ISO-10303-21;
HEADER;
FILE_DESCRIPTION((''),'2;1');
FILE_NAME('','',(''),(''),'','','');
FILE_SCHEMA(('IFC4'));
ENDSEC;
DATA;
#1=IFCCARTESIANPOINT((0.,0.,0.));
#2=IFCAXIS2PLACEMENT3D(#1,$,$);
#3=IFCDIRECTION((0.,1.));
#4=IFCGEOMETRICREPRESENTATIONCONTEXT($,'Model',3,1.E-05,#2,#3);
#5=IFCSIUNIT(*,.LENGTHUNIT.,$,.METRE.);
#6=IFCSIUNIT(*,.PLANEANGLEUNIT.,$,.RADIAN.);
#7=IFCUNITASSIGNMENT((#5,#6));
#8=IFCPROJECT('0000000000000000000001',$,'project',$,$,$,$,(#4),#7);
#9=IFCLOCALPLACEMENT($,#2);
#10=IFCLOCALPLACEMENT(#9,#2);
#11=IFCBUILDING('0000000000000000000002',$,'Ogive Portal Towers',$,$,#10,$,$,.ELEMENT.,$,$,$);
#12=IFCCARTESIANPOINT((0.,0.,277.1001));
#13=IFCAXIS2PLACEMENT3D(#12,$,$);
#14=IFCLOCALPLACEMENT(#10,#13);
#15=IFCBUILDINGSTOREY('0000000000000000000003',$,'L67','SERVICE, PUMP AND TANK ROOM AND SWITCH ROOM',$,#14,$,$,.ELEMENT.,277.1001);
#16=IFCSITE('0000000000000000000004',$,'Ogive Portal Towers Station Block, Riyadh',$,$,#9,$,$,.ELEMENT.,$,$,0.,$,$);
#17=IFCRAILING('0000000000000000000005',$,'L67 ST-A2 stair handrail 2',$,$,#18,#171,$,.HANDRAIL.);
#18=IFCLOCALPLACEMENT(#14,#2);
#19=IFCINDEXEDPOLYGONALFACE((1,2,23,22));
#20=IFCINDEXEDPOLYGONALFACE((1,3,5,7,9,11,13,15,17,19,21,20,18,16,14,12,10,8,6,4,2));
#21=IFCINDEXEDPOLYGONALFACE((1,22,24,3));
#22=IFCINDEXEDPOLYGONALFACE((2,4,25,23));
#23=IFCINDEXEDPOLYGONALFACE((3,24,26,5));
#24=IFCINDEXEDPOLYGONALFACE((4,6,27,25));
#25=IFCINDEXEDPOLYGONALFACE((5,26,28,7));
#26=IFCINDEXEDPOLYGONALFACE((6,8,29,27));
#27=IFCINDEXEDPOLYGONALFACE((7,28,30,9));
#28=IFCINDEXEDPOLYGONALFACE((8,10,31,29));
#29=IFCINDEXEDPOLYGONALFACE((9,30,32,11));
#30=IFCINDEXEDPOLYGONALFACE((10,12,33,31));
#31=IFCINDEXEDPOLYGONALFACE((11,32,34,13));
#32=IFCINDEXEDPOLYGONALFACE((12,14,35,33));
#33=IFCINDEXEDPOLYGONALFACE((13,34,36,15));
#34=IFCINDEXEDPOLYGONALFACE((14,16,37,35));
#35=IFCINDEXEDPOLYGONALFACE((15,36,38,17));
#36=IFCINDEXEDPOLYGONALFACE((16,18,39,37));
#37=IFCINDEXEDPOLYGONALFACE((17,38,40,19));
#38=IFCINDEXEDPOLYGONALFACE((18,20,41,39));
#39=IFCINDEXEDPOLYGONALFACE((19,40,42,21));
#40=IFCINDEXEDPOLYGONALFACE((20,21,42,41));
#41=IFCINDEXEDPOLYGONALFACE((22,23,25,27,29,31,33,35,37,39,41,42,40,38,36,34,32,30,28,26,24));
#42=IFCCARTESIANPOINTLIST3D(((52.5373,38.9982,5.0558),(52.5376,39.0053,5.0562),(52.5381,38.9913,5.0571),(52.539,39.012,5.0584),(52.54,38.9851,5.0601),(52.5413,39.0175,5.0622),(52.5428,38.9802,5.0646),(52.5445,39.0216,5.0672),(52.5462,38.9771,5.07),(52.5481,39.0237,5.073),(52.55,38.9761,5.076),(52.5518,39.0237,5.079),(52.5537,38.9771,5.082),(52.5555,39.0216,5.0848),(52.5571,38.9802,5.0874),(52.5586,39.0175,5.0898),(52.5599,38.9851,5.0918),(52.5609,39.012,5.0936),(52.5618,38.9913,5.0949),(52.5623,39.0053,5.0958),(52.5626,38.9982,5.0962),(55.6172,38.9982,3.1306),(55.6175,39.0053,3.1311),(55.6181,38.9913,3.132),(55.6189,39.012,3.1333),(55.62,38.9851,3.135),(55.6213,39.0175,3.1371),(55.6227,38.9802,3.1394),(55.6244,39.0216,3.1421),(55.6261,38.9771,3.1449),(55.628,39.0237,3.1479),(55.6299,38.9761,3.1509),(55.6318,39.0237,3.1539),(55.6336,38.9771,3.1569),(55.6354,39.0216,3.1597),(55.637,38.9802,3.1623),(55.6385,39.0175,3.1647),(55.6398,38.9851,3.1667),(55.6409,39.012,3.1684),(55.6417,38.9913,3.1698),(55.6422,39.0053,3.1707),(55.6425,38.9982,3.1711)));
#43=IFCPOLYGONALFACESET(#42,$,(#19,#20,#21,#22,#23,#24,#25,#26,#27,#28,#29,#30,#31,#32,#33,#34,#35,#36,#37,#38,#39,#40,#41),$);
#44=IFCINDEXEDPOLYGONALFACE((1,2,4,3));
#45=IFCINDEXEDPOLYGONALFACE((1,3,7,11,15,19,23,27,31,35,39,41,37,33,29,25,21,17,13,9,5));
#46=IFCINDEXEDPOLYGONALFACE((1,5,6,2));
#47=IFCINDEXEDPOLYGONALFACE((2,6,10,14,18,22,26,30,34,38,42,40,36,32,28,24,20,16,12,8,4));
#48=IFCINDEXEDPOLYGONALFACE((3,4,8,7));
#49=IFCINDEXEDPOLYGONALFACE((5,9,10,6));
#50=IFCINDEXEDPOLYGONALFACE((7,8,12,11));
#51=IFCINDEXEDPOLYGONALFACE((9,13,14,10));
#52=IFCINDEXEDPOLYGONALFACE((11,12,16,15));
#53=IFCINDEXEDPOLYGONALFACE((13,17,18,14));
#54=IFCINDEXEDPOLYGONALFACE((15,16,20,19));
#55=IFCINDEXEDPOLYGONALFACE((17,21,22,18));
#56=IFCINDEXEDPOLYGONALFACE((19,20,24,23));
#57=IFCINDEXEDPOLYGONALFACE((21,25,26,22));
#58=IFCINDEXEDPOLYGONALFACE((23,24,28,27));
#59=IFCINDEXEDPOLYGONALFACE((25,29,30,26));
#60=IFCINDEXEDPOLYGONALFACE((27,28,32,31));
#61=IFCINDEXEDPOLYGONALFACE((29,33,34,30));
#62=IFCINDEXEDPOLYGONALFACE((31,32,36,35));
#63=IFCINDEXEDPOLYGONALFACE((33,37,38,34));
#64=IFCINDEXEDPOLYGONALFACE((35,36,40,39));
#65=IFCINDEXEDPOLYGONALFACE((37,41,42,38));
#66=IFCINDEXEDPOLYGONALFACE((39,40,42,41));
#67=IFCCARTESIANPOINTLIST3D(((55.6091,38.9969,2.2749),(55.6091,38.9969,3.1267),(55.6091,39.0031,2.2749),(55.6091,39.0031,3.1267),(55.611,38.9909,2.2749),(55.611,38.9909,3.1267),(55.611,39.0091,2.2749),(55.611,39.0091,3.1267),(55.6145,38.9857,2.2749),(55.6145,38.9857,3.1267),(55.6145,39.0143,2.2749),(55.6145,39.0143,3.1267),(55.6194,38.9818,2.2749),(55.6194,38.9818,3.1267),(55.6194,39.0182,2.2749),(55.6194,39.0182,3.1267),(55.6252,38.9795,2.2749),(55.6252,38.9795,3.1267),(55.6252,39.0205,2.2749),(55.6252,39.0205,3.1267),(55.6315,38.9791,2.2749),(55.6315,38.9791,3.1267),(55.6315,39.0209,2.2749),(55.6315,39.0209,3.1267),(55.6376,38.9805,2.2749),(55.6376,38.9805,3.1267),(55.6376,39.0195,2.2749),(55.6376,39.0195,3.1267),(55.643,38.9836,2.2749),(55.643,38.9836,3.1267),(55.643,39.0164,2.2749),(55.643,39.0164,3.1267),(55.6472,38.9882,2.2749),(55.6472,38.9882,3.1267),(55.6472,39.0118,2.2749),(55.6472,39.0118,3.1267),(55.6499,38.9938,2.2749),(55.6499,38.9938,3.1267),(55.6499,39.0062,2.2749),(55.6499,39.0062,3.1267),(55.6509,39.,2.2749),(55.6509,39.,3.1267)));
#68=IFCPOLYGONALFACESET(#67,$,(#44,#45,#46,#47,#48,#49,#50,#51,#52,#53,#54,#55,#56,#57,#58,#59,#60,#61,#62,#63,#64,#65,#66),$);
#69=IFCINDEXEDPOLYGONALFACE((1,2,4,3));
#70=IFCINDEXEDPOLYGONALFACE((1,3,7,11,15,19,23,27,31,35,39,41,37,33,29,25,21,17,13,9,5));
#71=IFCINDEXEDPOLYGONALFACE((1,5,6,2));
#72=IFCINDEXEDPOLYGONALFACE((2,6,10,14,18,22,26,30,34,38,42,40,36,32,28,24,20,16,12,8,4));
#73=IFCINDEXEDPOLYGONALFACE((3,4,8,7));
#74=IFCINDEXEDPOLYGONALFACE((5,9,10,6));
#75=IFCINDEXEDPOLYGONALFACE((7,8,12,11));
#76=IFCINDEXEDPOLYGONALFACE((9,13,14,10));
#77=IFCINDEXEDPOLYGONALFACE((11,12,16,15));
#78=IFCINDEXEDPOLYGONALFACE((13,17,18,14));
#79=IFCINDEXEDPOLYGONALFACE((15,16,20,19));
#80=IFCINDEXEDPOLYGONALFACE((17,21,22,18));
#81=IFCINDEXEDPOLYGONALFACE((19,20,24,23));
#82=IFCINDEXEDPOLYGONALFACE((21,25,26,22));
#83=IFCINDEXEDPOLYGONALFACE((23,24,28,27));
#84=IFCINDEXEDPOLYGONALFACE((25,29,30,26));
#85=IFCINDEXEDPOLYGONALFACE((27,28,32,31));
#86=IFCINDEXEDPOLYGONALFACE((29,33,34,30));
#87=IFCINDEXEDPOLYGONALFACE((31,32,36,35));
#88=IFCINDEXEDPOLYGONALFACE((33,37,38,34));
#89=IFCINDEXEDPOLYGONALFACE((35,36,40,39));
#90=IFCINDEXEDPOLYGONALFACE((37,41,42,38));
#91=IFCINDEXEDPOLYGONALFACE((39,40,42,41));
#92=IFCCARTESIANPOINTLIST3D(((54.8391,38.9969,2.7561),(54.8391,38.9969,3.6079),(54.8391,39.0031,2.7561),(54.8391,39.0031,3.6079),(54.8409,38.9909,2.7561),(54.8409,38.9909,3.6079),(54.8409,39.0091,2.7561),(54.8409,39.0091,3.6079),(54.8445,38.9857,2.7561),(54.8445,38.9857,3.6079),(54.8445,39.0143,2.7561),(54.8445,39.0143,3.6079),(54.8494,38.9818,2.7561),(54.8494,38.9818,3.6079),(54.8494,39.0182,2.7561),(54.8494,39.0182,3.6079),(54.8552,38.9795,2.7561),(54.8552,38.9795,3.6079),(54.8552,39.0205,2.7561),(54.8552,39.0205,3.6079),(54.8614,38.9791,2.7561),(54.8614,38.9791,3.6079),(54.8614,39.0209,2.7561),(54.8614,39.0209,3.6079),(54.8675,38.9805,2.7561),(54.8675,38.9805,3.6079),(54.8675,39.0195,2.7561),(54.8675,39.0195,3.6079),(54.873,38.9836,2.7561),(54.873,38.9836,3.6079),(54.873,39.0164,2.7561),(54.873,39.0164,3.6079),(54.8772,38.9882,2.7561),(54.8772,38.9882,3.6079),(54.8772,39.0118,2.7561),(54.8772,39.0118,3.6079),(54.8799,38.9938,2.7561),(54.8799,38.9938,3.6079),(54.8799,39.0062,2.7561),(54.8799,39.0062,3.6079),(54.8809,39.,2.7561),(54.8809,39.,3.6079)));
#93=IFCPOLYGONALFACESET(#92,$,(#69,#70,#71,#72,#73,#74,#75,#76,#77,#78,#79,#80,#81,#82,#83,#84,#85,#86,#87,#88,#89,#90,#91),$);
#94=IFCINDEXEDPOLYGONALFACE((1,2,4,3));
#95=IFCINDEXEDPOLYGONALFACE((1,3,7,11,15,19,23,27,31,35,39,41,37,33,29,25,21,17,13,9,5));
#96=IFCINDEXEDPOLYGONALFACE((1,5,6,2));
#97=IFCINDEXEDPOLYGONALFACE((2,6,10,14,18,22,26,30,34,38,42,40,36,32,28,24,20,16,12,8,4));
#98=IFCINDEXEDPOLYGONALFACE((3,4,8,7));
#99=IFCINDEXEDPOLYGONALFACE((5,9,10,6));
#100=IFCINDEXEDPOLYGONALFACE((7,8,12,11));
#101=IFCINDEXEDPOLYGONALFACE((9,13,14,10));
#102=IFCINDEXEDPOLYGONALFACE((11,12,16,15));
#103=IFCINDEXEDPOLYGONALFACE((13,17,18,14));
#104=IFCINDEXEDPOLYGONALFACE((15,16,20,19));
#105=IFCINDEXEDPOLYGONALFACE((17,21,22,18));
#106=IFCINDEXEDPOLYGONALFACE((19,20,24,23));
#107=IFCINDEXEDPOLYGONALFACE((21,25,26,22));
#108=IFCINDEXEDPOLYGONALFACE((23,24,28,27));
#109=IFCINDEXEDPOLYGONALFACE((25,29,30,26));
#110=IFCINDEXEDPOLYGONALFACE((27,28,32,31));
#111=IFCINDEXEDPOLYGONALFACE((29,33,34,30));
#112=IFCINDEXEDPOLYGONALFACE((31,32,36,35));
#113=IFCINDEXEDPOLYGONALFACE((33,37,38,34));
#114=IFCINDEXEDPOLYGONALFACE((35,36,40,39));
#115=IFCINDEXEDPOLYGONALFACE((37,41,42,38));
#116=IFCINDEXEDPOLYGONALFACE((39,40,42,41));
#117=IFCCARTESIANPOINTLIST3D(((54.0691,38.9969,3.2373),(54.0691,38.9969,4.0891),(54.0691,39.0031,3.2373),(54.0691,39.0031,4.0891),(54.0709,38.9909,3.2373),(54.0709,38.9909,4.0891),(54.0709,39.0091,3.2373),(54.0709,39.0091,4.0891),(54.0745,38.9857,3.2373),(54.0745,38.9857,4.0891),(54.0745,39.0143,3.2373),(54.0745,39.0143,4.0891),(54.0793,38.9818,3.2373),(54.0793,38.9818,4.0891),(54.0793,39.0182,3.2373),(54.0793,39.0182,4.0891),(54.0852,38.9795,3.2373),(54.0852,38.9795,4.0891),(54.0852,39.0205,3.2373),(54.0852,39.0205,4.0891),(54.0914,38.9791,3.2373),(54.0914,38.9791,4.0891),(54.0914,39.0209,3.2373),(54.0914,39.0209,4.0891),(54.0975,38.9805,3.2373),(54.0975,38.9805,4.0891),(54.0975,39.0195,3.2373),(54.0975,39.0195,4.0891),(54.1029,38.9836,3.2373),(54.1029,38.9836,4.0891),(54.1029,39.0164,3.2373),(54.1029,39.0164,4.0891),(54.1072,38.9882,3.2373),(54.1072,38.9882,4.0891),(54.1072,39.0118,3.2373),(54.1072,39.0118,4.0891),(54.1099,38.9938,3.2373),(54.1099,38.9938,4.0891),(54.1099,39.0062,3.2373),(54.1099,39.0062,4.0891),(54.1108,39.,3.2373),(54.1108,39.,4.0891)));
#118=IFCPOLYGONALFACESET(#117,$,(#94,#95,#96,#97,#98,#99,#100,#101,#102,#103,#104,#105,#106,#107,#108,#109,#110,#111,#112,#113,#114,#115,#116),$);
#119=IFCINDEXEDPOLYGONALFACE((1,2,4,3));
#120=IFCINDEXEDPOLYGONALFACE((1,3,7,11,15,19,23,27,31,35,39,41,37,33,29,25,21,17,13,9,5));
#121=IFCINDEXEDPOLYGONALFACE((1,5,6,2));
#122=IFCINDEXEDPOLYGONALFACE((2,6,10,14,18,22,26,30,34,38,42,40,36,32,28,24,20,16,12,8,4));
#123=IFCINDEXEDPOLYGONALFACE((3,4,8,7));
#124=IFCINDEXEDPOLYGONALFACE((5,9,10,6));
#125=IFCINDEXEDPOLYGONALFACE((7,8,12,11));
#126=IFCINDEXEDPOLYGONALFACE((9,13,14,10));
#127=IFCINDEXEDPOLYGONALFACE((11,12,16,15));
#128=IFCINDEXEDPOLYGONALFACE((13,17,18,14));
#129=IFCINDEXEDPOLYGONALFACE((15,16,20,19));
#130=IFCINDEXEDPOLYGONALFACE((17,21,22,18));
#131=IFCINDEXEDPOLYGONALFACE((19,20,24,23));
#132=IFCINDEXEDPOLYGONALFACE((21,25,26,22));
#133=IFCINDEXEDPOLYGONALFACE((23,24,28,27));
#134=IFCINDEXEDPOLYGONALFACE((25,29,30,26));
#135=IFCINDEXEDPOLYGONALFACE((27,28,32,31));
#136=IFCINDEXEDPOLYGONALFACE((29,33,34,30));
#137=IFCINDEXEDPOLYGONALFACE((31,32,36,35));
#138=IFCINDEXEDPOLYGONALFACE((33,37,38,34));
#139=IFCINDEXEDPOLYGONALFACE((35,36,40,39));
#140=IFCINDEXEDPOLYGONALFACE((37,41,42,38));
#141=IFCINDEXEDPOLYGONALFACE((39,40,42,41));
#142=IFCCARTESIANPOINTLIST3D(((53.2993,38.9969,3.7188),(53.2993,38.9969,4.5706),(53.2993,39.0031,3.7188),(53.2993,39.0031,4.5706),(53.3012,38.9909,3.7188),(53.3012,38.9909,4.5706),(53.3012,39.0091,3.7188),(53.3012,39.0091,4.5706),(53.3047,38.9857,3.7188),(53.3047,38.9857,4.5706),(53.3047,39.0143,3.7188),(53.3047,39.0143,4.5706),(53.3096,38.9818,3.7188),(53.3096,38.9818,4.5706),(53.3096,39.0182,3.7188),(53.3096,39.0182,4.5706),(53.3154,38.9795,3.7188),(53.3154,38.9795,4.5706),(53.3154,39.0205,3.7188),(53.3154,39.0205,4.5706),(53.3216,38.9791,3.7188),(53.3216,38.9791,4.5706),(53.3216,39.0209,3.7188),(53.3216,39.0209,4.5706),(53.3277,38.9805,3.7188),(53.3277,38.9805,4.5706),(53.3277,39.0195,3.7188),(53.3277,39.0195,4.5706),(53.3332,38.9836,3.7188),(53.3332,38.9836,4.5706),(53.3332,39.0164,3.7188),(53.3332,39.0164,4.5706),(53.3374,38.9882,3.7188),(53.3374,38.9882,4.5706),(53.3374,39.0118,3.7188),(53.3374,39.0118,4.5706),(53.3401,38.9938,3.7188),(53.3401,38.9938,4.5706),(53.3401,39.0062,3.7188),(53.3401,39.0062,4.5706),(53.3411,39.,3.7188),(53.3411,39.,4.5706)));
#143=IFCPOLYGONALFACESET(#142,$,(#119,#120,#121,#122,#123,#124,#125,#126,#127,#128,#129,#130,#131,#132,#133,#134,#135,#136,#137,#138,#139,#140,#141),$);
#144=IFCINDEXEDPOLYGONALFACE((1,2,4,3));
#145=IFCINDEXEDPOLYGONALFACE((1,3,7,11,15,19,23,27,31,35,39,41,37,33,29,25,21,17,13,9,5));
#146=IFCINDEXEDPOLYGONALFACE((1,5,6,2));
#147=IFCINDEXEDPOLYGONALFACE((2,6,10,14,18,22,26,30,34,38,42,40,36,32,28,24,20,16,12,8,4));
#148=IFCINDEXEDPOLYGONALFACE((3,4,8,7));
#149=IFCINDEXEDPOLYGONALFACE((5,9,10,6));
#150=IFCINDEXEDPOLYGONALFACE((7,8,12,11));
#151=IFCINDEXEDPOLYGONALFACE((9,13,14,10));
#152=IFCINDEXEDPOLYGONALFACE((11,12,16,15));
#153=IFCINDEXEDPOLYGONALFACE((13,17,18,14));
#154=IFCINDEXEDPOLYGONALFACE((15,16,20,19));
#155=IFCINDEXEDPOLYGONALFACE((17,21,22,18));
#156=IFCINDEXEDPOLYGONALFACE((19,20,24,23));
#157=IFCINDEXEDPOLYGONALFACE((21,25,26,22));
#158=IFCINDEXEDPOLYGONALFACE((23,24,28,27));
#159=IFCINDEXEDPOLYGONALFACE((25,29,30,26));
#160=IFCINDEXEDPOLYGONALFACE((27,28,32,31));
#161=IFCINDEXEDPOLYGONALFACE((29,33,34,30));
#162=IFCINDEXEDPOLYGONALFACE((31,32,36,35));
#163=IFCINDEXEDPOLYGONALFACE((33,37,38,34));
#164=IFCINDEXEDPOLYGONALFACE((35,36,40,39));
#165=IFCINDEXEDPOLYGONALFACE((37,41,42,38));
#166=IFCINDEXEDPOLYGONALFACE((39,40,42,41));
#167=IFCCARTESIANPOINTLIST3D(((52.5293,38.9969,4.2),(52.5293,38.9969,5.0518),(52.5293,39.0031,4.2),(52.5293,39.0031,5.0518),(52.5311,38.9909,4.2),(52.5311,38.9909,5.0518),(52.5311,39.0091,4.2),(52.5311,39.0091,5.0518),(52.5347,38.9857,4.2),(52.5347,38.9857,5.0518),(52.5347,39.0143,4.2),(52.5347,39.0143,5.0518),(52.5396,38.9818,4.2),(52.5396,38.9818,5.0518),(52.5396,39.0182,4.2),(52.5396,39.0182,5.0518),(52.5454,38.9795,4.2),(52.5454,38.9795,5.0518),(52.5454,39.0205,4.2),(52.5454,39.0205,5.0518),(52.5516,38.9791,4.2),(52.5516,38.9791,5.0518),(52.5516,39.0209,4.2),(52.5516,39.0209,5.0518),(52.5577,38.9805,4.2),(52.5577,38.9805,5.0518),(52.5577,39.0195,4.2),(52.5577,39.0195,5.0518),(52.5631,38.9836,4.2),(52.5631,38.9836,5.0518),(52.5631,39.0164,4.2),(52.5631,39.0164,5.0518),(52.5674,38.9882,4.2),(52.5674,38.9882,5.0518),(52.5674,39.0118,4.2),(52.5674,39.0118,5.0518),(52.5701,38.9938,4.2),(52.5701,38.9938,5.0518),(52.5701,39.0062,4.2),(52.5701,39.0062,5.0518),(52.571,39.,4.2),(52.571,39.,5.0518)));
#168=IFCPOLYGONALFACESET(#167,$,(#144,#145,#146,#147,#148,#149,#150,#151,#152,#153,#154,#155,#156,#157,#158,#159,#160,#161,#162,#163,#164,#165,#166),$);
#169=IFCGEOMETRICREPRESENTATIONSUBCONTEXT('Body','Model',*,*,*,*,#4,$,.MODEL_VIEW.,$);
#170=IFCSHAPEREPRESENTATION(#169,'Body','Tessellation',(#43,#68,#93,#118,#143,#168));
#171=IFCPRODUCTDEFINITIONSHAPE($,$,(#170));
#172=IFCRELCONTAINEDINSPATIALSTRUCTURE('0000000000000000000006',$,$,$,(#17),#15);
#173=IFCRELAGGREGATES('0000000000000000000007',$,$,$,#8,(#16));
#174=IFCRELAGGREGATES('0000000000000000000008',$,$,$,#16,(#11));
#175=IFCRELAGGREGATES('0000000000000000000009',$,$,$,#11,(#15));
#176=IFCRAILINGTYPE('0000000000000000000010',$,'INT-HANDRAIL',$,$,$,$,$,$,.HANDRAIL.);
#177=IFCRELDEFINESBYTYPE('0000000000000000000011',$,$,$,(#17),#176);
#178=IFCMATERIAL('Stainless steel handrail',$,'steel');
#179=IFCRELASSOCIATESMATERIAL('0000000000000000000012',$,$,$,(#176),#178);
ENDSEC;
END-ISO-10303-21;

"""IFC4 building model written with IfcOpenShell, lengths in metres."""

from ifc_helpers import new_model, si_unit, direction, frame, origin, origin_2d, place, context, subcontext, project, spatial, circle, extrude, material, type_object, element, save


model = new_model("IFC4")

# Units and contexts
model_context = context("Model", 3, precision=1e-05, world=origin(), true_north=direction((0.0, 1.0)))
body_context = subcontext(model_context, "Body", "Model", "MODEL_VIEW")
ifc_project = project(units=[si_unit("LENGTHUNIT", "METRE"), si_unit("PLANEANGLEUNIT", "RADIAN")], contexts=[model_context])

# Site, building, storey
site_placement = place(None, origin())
site = spatial("IfcSite", under=ifc_project, at=site_placement, Name="Ogive Portal Towers Station Block, Riyadh", CompositionType="ELEMENT", RefElevation=0.0)
building_placement = place(site_placement, origin())
building = spatial("IfcBuilding", under=site, at=building_placement, Name="Ogive Portal Towers", CompositionType="ELEMENT")
storey_placement = place(building_placement, frame((0.0, 0.0, 277.1001)))
storey = spatial("IfcBuildingStorey", under=building, at=storey_placement, Name="L67", Description="SERVICE, PUMP AND TANK ROOM AND SWITCH ROOM", CompositionType="ELEMENT", Elevation=277.1001)

# Railing
ifc_material_1 = material(Name="Stainless steel handrail", Category="steel")
railing_type_1 = type_object("IfcRailingType", Name="INT-HANDRAIL", PredefinedType="HANDRAIL", material=ifc_material_1)
railing_1_placement = place(storey_placement, frame((55.6299, 39.0, 2.2749)))
element("IfcRailing", 1, at=railing_1_placement, inside=storey, type_object=railing_type_1, Name="L67 ST-A2 stair handrail 2", PredefinedType="HANDRAIL", context=body_context, shape_type="SweptSolid", body=[
    extrude(circle(Radius=0.0239, at=origin_2d()), frame((0.0, 0.0, 0.876), z_axis=(-0.847979, 0.0, 0.530029), x_axis=(0.0, -1.0, 0.0)), (0.0, 0.0, 1.0), 3.6321),
    extrude(circle(Radius=0.021, at=origin_2d()), origin(), (0.0, 0.0, 1.0), 0.8518),
    extrude(circle(Radius=0.021, at=origin_2d()), frame((-0.77, 0.0, 0.4812)), (0.0, 0.0, 1.0), 0.8518),
    extrude(circle(Radius=0.021, at=origin_2d()), frame((-1.54, 0.0, 0.9624)), (0.0, 0.0, 1.0), 0.8518),
    extrude(circle(Radius=0.021, at=origin_2d()), frame((-2.3098, 0.0, 1.4438)), (0.0, 0.0, 1.0), 0.8518),
    extrude(circle(Radius=0.021, at=origin_2d()), frame((-3.0798, 0.0, 1.925)), (0.0, 0.0, 1.0), 0.8518),
])

save(model, "model.ifc")
